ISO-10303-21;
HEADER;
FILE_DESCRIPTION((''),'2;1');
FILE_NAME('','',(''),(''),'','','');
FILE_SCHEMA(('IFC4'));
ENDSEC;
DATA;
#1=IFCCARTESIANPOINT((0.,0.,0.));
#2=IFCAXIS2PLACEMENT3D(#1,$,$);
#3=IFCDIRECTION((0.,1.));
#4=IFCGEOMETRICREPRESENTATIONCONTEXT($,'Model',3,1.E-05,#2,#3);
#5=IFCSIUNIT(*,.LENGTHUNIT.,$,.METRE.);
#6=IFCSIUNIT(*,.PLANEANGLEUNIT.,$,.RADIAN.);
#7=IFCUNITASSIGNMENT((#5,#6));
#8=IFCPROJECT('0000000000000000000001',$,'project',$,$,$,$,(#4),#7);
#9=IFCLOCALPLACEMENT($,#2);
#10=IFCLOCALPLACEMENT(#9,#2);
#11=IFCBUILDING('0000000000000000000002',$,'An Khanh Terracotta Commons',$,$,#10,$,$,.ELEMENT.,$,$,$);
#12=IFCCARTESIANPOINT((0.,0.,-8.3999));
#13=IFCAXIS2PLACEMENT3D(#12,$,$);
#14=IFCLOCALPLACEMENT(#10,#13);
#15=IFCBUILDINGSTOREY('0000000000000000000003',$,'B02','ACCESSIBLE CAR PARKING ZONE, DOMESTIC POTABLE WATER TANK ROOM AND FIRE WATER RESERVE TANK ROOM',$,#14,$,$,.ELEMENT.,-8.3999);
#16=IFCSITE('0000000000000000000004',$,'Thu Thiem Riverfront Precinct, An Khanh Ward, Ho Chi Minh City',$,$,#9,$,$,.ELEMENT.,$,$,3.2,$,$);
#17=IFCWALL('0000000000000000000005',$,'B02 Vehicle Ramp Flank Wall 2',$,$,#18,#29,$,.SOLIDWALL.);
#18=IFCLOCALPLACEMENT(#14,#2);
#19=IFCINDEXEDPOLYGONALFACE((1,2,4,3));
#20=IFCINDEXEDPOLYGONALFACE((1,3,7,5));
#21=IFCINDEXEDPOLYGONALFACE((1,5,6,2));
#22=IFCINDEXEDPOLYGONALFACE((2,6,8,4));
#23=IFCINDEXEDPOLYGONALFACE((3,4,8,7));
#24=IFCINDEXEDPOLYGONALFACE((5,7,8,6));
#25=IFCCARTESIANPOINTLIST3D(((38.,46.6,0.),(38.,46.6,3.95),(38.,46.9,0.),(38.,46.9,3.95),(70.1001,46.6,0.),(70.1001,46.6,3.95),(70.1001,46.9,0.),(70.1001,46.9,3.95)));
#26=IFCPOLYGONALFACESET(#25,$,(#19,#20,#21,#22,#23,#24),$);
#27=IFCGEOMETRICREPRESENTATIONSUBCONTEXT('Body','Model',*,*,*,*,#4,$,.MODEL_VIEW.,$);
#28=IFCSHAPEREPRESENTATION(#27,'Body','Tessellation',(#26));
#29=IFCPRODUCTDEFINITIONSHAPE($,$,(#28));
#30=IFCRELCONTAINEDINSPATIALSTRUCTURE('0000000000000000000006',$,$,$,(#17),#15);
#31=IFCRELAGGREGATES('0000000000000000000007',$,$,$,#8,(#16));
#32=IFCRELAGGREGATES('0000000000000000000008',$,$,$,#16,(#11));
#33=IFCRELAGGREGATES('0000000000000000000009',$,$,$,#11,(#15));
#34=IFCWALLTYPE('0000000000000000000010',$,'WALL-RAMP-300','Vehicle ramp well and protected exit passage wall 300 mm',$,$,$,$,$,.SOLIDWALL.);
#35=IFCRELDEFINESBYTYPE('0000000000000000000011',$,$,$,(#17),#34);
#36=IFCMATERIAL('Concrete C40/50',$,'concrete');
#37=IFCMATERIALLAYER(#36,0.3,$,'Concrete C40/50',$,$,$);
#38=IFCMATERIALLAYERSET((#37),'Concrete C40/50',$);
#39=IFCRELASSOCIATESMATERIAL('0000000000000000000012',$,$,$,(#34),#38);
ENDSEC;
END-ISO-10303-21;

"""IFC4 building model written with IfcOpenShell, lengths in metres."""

from ifc_helpers import new_model, si_unit, direction, frame, frame_2d, origin, place, context, subcontext, project, spatial, rectangle, extrude, material, layer, layer_set, type_object, element, save


model = new_model("IFC4")

# Units and contexts
model_context = context("Model", 3, precision=1e-05, world=origin(), true_north=direction((0.0, 1.0)))
body_context = subcontext(model_context, "Body", "Model", "MODEL_VIEW")
ifc_project = project(units=[si_unit("LENGTHUNIT", "METRE"), si_unit("PLANEANGLEUNIT", "RADIAN")], contexts=[model_context])

# Site, building, storey
site_placement = place(None, origin())
site = spatial("IfcSite", under=ifc_project, at=site_placement, Name="Thu Thiem Riverfront Precinct, An Khanh Ward, Ho Chi Minh City", CompositionType="ELEMENT", RefElevation=3.2)
building_placement = place(site_placement, origin())
building = spatial("IfcBuilding", under=site, at=building_placement, Name="An Khanh Terracotta Commons", CompositionType="ELEMENT")
storey_placement = place(building_placement, frame((0.0, 0.0, -8.3999)))
storey = spatial("IfcBuildingStorey", under=building, at=storey_placement, Name="B02", Description="ACCESSIBLE CAR PARKING ZONE, DOMESTIC POTABLE WATER TANK ROOM AND FIRE WATER RESERVE TANK ROOM", CompositionType="ELEMENT", Elevation=-8.3999)

# Shared definitions
ifc_material_1 = material(Name="Concrete C40/50", Category="concrete")

# Wall
ifc_layer_1 = layer(ifc_material_1, 0.3, Name="Concrete C40/50")
ifc_layer_set_1 = layer_set([ifc_layer_1], Name="Concrete C40/50")
wall_type_1 = type_object("IfcWallType", Name="WALL-RAMP-300", Description="Vehicle ramp well and protected exit passage wall 300 mm", PredefinedType="SOLIDWALL", material=ifc_layer_set_1)
for number, where, z_axis, x_axis, name in (
    (1, (38.0, 46.75, 0.0), (0.0, 0.0, 1.0), (1.0, 0.0, 0.0), "B02 Vehicle Ramp Flank Wall 2"),
):
    element("IfcWall", number, at=place(storey_placement, frame(where, z_axis=z_axis, x_axis=x_axis)), inside=storey, type_object=wall_type_1, Name=name, PredefinedType="SOLIDWALL", context=body_context, shape_type="SweptSolid", body=[
        extrude(rectangle(XDim=32.1001, YDim=0.3, at=frame_2d((16.05, 0.0))), origin(), (0.0, 0.0, 1.0), 3.95),
    ])

save(model, "model.ifc")
